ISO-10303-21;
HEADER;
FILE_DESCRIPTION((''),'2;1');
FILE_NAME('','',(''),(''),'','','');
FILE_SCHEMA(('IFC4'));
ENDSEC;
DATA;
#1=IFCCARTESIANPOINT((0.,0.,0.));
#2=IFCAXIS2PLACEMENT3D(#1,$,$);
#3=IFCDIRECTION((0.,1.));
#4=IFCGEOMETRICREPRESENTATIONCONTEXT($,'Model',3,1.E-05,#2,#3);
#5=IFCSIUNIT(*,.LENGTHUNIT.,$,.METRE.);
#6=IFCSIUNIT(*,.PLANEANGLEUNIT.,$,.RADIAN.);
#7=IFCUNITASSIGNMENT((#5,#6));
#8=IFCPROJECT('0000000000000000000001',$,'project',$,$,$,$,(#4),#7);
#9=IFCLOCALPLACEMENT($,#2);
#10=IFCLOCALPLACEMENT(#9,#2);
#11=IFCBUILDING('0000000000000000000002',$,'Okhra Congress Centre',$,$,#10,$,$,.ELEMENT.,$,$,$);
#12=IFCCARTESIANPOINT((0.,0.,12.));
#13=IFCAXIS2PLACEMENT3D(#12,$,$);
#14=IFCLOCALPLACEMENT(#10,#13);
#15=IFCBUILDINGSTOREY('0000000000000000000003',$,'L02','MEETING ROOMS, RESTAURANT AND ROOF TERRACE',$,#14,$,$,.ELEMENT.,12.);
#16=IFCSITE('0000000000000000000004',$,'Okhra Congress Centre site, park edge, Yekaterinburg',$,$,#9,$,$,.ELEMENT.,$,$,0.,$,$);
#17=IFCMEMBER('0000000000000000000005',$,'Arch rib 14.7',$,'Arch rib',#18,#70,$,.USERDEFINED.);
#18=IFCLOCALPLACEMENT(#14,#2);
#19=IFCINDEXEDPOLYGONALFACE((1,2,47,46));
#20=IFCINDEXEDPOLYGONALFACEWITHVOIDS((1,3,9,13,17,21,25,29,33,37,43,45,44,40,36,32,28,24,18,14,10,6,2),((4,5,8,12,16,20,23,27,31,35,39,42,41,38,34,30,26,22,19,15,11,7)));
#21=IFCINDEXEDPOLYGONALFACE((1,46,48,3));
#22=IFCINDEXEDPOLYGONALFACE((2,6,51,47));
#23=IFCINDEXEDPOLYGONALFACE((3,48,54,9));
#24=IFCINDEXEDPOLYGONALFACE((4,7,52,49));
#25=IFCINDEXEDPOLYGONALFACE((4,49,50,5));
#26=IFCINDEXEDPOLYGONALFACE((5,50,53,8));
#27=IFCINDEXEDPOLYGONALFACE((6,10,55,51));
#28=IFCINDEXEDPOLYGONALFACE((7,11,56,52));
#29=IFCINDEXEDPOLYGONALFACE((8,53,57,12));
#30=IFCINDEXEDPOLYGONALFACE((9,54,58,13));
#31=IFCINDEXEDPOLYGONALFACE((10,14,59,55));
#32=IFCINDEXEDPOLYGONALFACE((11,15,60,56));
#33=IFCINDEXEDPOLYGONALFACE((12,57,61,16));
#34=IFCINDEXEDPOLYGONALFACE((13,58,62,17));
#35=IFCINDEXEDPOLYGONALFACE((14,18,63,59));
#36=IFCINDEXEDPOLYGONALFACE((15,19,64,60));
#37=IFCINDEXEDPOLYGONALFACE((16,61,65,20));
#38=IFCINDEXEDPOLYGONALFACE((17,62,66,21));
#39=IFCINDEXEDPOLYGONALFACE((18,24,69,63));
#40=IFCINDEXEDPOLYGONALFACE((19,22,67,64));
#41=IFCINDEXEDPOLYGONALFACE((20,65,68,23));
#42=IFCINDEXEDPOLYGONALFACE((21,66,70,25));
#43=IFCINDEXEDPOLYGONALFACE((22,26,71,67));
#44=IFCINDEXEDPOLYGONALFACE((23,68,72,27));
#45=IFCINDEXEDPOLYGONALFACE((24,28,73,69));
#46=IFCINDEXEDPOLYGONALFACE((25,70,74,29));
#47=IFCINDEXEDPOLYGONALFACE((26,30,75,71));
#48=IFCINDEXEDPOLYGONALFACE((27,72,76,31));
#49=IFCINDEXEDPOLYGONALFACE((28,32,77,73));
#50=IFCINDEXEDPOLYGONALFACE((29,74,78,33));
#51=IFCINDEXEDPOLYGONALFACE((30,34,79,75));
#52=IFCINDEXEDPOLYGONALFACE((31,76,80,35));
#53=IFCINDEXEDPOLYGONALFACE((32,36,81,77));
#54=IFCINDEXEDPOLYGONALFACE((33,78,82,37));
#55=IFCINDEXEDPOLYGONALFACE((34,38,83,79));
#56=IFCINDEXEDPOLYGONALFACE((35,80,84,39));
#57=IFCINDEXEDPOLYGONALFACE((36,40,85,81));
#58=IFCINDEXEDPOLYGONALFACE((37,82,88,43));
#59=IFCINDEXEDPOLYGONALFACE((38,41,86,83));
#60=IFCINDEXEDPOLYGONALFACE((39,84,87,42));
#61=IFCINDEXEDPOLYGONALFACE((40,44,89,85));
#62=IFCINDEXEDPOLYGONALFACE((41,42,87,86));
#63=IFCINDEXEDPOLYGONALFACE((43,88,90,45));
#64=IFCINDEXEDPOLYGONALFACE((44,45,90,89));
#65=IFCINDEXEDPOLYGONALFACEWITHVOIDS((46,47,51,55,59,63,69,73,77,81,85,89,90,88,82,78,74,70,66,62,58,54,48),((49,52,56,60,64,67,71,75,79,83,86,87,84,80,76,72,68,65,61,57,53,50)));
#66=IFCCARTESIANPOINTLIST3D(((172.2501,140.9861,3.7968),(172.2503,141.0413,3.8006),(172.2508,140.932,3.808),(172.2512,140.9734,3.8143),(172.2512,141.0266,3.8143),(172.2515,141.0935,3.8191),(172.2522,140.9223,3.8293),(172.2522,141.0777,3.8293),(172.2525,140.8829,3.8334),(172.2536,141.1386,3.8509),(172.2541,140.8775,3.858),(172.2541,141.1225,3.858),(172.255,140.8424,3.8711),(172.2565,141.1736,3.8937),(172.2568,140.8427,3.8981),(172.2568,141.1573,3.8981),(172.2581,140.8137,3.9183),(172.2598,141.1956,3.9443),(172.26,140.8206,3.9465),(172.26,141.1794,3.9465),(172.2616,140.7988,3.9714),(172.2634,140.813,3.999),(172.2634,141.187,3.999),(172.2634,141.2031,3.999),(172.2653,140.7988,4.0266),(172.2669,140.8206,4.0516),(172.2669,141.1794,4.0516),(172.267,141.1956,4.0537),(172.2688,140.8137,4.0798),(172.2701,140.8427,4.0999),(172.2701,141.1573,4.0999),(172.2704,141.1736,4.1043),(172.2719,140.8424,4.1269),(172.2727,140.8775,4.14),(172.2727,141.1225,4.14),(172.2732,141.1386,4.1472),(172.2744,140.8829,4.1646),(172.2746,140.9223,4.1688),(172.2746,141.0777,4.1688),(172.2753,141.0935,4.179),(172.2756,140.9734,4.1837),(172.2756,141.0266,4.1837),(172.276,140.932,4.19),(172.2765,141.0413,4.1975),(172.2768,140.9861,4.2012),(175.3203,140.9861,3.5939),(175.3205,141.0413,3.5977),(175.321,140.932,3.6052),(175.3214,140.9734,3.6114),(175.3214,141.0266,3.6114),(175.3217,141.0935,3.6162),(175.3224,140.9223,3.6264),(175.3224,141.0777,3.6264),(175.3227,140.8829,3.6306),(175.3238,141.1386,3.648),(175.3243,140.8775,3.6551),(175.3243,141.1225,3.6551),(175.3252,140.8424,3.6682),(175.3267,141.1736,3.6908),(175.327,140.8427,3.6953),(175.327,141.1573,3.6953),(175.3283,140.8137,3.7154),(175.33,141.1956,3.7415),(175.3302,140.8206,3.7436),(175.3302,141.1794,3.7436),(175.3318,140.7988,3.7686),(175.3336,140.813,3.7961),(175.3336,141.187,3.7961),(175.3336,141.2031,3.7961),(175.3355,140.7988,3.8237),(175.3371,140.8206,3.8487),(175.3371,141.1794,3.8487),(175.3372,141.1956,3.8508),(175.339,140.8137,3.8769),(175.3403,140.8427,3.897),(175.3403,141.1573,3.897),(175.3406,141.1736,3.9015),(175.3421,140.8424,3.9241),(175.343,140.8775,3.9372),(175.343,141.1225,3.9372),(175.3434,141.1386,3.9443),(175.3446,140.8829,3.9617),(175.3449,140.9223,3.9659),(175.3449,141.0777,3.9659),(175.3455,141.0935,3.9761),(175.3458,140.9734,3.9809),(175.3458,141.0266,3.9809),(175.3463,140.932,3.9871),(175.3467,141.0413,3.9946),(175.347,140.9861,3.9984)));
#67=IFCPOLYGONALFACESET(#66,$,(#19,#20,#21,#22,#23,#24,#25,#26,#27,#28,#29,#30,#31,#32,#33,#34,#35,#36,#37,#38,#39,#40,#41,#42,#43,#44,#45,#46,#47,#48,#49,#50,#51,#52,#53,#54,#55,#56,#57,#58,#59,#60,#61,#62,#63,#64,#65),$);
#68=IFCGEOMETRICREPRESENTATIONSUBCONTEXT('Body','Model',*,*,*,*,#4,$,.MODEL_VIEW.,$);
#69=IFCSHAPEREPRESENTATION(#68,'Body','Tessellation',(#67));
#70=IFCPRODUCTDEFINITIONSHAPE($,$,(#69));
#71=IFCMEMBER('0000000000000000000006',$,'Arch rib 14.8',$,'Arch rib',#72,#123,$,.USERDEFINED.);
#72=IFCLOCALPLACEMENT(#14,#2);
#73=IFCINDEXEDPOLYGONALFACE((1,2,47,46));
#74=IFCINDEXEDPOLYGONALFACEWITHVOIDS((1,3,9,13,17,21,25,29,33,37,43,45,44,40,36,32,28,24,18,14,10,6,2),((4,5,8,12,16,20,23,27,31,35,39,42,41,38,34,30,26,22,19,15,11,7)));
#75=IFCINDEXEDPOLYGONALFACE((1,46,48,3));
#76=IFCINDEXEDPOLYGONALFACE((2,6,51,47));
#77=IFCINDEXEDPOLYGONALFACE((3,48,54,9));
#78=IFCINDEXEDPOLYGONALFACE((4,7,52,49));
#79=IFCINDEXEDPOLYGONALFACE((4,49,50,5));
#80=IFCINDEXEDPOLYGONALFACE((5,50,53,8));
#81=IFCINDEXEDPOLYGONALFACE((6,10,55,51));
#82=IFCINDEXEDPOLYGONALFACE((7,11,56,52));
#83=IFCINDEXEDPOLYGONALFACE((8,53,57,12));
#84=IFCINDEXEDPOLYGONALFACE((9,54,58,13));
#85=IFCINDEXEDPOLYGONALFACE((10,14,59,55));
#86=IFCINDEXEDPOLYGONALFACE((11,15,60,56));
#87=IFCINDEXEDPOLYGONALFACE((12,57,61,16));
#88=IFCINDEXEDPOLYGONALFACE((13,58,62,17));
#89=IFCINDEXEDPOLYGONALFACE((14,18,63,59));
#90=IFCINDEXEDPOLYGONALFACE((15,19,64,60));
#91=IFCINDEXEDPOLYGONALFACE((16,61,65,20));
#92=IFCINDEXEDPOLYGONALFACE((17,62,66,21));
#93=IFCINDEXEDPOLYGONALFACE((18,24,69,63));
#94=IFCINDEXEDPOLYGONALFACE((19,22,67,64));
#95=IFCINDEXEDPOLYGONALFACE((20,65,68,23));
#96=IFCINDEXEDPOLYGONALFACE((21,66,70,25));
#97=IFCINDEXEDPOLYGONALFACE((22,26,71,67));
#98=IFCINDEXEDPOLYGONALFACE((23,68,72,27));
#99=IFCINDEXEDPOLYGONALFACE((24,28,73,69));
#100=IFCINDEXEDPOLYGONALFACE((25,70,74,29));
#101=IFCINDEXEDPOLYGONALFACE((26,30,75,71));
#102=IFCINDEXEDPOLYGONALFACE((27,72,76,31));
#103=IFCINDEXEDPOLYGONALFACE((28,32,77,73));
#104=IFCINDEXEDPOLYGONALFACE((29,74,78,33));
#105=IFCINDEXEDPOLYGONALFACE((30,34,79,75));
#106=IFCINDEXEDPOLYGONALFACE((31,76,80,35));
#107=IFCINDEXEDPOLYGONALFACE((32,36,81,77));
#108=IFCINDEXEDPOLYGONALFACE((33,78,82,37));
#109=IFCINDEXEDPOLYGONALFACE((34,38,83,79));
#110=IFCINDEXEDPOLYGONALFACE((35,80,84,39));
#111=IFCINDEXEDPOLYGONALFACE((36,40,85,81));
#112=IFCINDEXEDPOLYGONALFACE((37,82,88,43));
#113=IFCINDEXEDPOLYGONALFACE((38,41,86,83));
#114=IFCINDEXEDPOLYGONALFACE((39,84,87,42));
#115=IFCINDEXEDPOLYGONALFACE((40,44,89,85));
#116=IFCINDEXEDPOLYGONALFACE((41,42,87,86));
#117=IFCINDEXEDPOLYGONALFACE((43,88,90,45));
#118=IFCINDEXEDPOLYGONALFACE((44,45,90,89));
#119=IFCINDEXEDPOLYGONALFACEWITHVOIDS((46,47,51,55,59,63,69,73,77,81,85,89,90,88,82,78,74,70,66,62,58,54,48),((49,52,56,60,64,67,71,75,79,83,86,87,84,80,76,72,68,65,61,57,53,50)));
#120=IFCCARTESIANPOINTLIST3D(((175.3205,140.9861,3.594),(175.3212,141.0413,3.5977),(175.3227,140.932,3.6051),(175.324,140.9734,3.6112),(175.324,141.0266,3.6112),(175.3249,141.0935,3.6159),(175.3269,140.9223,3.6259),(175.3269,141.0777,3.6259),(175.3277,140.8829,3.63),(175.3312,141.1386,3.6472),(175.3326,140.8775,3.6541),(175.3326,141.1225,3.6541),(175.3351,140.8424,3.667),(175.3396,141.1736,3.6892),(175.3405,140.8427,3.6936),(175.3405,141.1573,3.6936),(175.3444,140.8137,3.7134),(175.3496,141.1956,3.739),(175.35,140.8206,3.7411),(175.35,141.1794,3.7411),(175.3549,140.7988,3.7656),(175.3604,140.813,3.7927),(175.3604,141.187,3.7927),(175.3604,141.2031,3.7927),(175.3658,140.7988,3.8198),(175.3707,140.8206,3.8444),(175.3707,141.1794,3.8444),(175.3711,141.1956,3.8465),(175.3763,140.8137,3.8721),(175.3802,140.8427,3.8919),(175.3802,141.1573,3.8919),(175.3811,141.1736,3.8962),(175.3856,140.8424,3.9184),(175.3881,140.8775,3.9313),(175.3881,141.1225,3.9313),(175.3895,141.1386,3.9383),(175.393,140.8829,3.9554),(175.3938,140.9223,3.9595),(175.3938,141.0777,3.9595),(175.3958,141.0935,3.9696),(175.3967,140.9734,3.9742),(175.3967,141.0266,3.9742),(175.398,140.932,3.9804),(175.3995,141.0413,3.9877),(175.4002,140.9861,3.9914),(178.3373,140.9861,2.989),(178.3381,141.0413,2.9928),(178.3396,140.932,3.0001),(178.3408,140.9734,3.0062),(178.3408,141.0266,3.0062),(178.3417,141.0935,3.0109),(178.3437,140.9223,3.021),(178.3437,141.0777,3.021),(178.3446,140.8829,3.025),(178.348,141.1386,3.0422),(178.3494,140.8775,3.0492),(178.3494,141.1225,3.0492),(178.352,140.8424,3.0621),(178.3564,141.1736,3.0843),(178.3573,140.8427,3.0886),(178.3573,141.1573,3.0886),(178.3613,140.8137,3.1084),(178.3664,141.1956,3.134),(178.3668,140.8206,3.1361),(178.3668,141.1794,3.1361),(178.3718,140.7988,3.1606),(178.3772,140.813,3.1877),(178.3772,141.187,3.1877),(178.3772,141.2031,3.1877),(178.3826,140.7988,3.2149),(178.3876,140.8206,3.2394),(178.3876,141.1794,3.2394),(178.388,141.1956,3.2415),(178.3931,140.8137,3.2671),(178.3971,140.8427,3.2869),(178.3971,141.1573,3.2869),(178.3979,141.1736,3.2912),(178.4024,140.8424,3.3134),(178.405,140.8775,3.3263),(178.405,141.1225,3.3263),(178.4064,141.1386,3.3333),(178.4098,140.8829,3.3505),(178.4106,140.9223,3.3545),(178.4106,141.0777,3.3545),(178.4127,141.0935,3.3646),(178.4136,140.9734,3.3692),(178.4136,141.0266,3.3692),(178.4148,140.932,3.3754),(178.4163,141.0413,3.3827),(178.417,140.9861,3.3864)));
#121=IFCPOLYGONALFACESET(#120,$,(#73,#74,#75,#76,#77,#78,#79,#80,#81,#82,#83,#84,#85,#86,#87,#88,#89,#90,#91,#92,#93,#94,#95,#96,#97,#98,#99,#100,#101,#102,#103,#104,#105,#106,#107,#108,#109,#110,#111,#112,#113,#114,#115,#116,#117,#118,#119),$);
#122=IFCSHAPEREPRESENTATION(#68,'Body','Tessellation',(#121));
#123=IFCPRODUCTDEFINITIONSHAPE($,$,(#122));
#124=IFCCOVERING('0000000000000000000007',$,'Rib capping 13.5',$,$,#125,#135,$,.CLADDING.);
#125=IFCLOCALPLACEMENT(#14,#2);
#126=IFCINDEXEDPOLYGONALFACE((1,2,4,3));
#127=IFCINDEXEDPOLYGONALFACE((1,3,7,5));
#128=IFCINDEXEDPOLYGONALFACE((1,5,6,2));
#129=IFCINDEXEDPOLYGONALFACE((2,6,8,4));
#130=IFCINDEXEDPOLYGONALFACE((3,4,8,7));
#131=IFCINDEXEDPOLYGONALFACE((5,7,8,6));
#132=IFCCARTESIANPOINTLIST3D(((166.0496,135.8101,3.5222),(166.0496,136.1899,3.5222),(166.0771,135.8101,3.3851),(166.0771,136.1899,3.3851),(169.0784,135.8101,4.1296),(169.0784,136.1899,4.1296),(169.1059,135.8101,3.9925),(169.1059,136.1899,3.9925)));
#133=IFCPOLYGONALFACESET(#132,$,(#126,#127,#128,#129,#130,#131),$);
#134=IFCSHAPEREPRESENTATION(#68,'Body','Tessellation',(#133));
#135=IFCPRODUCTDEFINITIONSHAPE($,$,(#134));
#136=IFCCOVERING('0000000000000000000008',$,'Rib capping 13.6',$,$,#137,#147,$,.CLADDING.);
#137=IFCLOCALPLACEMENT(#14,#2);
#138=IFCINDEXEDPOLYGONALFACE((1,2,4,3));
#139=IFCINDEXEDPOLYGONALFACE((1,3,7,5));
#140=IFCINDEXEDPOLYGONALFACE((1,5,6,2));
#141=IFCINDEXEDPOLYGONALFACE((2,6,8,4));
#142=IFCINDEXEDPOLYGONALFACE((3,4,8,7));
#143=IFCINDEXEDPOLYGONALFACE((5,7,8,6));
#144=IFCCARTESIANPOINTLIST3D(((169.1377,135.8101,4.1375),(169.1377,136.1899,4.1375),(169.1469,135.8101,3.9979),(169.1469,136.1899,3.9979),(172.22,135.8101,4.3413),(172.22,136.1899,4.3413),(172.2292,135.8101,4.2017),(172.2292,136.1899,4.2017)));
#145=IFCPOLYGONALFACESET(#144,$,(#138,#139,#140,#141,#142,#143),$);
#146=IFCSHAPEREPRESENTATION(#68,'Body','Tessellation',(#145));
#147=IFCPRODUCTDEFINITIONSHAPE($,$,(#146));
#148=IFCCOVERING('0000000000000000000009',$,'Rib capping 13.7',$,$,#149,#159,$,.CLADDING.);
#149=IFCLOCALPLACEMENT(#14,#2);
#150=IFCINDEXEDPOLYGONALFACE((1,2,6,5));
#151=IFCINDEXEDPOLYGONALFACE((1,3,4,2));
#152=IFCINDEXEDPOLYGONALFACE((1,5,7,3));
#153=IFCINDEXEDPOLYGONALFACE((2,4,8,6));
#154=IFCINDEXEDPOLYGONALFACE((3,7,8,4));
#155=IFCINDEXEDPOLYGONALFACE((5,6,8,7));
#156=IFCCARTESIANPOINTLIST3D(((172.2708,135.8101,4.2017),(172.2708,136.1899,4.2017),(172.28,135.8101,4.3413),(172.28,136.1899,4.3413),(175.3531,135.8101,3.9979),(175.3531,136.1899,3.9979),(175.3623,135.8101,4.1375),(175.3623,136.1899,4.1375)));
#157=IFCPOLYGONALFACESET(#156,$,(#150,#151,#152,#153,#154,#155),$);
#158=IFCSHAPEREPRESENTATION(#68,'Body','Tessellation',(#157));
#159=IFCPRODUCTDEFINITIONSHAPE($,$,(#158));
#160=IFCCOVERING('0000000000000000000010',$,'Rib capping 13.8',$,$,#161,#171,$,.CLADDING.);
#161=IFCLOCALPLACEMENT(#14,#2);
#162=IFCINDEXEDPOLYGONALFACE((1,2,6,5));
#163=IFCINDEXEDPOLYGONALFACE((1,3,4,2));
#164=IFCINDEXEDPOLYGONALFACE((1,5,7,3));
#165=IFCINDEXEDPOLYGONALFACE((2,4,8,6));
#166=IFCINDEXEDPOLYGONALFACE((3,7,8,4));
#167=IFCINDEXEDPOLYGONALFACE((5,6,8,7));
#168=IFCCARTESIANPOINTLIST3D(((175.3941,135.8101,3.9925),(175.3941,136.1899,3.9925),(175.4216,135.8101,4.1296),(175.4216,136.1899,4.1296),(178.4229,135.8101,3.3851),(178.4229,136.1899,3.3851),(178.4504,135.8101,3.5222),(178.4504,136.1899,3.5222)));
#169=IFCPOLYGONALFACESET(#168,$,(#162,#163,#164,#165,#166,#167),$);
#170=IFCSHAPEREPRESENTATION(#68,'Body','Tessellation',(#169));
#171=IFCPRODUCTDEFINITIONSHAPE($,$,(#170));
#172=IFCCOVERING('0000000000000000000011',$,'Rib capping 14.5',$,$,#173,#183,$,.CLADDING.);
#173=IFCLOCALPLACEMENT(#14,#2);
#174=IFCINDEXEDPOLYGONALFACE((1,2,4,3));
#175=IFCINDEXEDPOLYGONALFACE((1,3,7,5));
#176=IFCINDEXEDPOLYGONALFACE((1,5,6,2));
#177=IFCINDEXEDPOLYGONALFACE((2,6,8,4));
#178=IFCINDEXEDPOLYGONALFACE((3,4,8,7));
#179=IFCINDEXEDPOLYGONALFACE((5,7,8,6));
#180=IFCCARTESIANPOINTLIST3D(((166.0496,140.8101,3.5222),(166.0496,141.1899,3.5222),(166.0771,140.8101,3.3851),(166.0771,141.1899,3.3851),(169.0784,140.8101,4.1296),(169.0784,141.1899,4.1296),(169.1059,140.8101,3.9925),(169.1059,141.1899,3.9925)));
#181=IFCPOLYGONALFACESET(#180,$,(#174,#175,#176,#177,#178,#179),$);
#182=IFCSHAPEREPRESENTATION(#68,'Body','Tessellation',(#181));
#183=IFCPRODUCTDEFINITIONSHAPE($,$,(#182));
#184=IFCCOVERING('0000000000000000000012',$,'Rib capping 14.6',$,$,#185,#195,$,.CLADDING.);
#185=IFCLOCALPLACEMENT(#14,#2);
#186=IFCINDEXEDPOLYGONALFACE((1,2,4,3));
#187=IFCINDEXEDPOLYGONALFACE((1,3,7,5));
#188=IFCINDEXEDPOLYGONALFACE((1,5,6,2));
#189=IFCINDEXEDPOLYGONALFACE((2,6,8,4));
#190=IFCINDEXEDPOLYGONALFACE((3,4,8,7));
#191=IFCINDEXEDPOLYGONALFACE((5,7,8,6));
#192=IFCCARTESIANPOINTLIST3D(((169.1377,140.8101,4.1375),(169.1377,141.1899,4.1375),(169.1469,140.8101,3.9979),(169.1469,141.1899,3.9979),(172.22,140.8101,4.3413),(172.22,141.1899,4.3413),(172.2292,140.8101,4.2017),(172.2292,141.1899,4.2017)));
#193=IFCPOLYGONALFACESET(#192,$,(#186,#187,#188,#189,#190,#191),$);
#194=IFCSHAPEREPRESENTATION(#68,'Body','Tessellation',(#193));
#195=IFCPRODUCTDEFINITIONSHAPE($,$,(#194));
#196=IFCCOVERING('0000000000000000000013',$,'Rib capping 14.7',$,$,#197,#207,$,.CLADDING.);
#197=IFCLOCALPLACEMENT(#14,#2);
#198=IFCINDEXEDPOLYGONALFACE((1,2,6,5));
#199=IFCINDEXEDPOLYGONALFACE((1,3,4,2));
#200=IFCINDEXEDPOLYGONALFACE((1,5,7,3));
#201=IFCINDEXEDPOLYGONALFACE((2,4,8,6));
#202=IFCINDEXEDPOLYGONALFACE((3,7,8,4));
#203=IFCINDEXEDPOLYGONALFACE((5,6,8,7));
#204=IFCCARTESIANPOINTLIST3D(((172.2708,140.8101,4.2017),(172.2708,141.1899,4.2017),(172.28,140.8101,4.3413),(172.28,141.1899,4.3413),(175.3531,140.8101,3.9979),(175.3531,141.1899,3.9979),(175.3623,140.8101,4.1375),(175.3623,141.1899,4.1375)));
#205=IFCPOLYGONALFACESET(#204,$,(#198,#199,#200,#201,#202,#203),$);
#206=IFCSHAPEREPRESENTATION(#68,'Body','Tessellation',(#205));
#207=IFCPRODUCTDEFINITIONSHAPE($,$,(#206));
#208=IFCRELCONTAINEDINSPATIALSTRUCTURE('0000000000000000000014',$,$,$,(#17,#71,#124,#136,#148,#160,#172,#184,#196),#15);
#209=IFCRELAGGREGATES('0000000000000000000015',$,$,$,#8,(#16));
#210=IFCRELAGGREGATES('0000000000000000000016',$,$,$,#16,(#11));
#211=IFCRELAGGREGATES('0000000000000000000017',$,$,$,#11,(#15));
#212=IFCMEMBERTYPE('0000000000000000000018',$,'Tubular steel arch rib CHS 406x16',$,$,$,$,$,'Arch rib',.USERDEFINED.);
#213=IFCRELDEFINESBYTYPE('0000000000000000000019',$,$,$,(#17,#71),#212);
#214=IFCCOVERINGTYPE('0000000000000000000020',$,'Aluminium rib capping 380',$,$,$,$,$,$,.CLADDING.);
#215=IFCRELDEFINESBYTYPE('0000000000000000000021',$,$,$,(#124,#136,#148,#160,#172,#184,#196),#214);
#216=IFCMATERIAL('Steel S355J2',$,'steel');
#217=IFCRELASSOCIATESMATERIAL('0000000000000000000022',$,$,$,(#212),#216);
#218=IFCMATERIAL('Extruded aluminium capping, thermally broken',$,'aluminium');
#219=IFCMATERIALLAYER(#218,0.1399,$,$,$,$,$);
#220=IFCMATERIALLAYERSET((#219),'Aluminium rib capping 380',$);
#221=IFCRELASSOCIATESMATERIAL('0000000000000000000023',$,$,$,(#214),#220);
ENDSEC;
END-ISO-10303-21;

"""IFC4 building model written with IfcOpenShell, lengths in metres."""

from ifc_helpers import new_model, si_unit, direction, frame, origin, origin_2d, place, context, subcontext, project, spatial, polyline, hollow_circle, outline, extrude, material, layer, layer_set, material_profile, profile_set, type_object, element, save


model = new_model("IFC4")

# Units and contexts
model_context = context("Model", 3, precision=1e-05, world=origin(), true_north=direction((0.0, 1.0)))
body_context = subcontext(model_context, "Body", "Model", "MODEL_VIEW")
ifc_project = project(units=[si_unit("LENGTHUNIT", "METRE"), si_unit("PLANEANGLEUNIT", "RADIAN")], contexts=[model_context])

# Site, building, storey
site_placement = place(None, origin())
site = spatial("IfcSite", under=ifc_project, at=site_placement, Name="Okhra Congress Centre site, park edge, Yekaterinburg", CompositionType="ELEMENT", RefElevation=0.0)
building_placement = place(site_placement, origin())
building = spatial("IfcBuilding", under=site, at=building_placement, Name="Okhra Congress Centre", CompositionType="ELEMENT")
storey_placement = place(building_placement, frame((0.0, 0.0, 12.0)))
storey = spatial("IfcBuildingStorey", under=building, at=storey_placement, Name="L02", Description="MEETING ROOMS, RESTAURANT AND ROOF TERRACE", CompositionType="ELEMENT", Elevation=12.0)

# Members
ifc_material_1 = material(Name="Steel S355J2", Category="steel")
ifc_material_profile_1 = material_profile(ifc_material_1, hollow_circle(Radius=0.2031, WallThickness=0.0161, at=origin_2d()), Name="CHS 406.4x16")
ifc_profile_set_1 = profile_set([ifc_material_profile_1], Name="Steel S355J2")
member_type_1 = type_object("IfcMemberType", Name="Tubular steel arch rib CHS 406x16", ElementType="Arch rib", PredefinedType="USERDEFINED", material=ifc_profile_set_1)
for number, where, z_axis, x_axis, name in (
    (1, (172.2634, 141.0, 3.999), (0.997824, 0.0, -0.065934), (0.0, 1.0, 0.0), "Arch rib 14.7"),
    (2, (175.3604, 141.0, 3.7927), (0.98048, 0.0, -0.19662), (0.0, 1.0, 0.0), "Arch rib 14.8"),
):
    element("IfcMember", number, at=place(storey_placement, frame(where, z_axis=z_axis, x_axis=x_axis)), inside=storey, type_object=member_type_1, Name=name, ObjectType="Arch rib", PredefinedType="USERDEFINED", context=body_context, shape_type="SweptSolid", body=[
        extrude(hollow_circle(Radius=0.2031, WallThickness=0.0161, at=origin_2d()), origin(), (0.0, 0.0, 1.0), 3.0769),
    ])

# Coverings
ifc_material_2 = material(Name="Extruded aluminium capping, thermally broken", Category="aluminium")
ifc_layer = layer(ifc_material_2, 0.1399)
ifc_layer_set = layer_set([ifc_layer], Name="Aluminium rib capping 380")
covering_type = type_object("IfcCoveringType", Name="Aluminium rib capping 380", PredefinedType="CLADDING", material=ifc_layer_set)
covering_1_placement = place(storey_placement, frame((166.0496, 135.8101, 3.5222), z_axis=(-0.196633, 0.0, 0.980477), x_axis=(0.980477, 0.0, 0.196633)))
element("IfcCovering", 3, at=covering_1_placement, inside=storey, type_object=covering_type, Name="Rib capping 13.5", PredefinedType="CLADDING", context=body_context, shape_type="SweptSolid", body=[
    extrude(outline(polyline([(0.0, 0.0), (3.0891, 0.0), (3.0891, 0.3799), (0.0, 0.3799), (0.0, 0.0)])), origin(), (0.0, 0.0, -1.0), 0.1399),
])
for number, where, z_axis, x_axis, name in (
    (4, (169.1377, 135.8101, 4.1375), (-0.065994, 0.0, 0.99782), (0.99782, 0.0, 0.065994), "Rib capping 13.6"),
    (5, (172.28, 135.8101, 4.3413), (0.065994, 0.0, 0.99782), (0.99782, 0.0, -0.065994), "Rib capping 13.7"),
):
    element("IfcCovering", number, at=place(storey_placement, frame(where, z_axis=z_axis, x_axis=x_axis)), inside=storey, type_object=covering_type, Name=name, PredefinedType="CLADDING", context=body_context, shape_type="SweptSolid", body=[
        extrude(outline(polyline([(0.0, 0.0), (3.089, 0.0), (3.089, 0.3799), (0.0, 0.3799), (0.0, 0.0)])), origin(), (0.0, 0.0, -1.0), 0.1399),
    ])
for number, where, z_axis, x_axis, name in (
    (6, (175.4216, 135.8101, 4.1296), (0.196633, 0.0, 0.980477), (0.980477, 0.0, -0.196633), "Rib capping 13.8"),
    (7, (166.0496, 140.8101, 3.5222), (-0.196633, 0.0, 0.980477), (0.980477, 0.0, 0.196633), "Rib capping 14.5"),
):
    element("IfcCovering", number, at=place(storey_placement, frame(where, z_axis=z_axis, x_axis=x_axis)), inside=storey, type_object=covering_type, Name=name, PredefinedType="CLADDING", context=body_context, shape_type="SweptSolid", body=[
        extrude(outline(polyline([(0.0, 0.0), (3.0891, 0.0), (3.0891, 0.3799), (0.0, 0.3799), (0.0, 0.0)])), origin(), (0.0, 0.0, -1.0), 0.1399),
    ])
for number, where, z_axis, x_axis, name in (
    (8, (169.1377, 140.8101, 4.1375), (-0.065994, 0.0, 0.99782), (0.99782, 0.0, 0.065994), "Rib capping 14.6"),
    (9, (172.28, 140.8101, 4.3413), (0.065994, 0.0, 0.99782), (0.99782, 0.0, -0.065994), "Rib capping 14.7"),
):
    element("IfcCovering", number, at=place(storey_placement, frame(where, z_axis=z_axis, x_axis=x_axis)), inside=storey, type_object=covering_type, Name=name, PredefinedType="CLADDING", context=body_context, shape_type="SweptSolid", body=[
        extrude(outline(polyline([(0.0, 0.0), (3.089, 0.0), (3.089, 0.3799), (0.0, 0.3799), (0.0, 0.0)])), origin(), (0.0, 0.0, -1.0), 0.1399),
    ])

save(model, "model.ifc")
